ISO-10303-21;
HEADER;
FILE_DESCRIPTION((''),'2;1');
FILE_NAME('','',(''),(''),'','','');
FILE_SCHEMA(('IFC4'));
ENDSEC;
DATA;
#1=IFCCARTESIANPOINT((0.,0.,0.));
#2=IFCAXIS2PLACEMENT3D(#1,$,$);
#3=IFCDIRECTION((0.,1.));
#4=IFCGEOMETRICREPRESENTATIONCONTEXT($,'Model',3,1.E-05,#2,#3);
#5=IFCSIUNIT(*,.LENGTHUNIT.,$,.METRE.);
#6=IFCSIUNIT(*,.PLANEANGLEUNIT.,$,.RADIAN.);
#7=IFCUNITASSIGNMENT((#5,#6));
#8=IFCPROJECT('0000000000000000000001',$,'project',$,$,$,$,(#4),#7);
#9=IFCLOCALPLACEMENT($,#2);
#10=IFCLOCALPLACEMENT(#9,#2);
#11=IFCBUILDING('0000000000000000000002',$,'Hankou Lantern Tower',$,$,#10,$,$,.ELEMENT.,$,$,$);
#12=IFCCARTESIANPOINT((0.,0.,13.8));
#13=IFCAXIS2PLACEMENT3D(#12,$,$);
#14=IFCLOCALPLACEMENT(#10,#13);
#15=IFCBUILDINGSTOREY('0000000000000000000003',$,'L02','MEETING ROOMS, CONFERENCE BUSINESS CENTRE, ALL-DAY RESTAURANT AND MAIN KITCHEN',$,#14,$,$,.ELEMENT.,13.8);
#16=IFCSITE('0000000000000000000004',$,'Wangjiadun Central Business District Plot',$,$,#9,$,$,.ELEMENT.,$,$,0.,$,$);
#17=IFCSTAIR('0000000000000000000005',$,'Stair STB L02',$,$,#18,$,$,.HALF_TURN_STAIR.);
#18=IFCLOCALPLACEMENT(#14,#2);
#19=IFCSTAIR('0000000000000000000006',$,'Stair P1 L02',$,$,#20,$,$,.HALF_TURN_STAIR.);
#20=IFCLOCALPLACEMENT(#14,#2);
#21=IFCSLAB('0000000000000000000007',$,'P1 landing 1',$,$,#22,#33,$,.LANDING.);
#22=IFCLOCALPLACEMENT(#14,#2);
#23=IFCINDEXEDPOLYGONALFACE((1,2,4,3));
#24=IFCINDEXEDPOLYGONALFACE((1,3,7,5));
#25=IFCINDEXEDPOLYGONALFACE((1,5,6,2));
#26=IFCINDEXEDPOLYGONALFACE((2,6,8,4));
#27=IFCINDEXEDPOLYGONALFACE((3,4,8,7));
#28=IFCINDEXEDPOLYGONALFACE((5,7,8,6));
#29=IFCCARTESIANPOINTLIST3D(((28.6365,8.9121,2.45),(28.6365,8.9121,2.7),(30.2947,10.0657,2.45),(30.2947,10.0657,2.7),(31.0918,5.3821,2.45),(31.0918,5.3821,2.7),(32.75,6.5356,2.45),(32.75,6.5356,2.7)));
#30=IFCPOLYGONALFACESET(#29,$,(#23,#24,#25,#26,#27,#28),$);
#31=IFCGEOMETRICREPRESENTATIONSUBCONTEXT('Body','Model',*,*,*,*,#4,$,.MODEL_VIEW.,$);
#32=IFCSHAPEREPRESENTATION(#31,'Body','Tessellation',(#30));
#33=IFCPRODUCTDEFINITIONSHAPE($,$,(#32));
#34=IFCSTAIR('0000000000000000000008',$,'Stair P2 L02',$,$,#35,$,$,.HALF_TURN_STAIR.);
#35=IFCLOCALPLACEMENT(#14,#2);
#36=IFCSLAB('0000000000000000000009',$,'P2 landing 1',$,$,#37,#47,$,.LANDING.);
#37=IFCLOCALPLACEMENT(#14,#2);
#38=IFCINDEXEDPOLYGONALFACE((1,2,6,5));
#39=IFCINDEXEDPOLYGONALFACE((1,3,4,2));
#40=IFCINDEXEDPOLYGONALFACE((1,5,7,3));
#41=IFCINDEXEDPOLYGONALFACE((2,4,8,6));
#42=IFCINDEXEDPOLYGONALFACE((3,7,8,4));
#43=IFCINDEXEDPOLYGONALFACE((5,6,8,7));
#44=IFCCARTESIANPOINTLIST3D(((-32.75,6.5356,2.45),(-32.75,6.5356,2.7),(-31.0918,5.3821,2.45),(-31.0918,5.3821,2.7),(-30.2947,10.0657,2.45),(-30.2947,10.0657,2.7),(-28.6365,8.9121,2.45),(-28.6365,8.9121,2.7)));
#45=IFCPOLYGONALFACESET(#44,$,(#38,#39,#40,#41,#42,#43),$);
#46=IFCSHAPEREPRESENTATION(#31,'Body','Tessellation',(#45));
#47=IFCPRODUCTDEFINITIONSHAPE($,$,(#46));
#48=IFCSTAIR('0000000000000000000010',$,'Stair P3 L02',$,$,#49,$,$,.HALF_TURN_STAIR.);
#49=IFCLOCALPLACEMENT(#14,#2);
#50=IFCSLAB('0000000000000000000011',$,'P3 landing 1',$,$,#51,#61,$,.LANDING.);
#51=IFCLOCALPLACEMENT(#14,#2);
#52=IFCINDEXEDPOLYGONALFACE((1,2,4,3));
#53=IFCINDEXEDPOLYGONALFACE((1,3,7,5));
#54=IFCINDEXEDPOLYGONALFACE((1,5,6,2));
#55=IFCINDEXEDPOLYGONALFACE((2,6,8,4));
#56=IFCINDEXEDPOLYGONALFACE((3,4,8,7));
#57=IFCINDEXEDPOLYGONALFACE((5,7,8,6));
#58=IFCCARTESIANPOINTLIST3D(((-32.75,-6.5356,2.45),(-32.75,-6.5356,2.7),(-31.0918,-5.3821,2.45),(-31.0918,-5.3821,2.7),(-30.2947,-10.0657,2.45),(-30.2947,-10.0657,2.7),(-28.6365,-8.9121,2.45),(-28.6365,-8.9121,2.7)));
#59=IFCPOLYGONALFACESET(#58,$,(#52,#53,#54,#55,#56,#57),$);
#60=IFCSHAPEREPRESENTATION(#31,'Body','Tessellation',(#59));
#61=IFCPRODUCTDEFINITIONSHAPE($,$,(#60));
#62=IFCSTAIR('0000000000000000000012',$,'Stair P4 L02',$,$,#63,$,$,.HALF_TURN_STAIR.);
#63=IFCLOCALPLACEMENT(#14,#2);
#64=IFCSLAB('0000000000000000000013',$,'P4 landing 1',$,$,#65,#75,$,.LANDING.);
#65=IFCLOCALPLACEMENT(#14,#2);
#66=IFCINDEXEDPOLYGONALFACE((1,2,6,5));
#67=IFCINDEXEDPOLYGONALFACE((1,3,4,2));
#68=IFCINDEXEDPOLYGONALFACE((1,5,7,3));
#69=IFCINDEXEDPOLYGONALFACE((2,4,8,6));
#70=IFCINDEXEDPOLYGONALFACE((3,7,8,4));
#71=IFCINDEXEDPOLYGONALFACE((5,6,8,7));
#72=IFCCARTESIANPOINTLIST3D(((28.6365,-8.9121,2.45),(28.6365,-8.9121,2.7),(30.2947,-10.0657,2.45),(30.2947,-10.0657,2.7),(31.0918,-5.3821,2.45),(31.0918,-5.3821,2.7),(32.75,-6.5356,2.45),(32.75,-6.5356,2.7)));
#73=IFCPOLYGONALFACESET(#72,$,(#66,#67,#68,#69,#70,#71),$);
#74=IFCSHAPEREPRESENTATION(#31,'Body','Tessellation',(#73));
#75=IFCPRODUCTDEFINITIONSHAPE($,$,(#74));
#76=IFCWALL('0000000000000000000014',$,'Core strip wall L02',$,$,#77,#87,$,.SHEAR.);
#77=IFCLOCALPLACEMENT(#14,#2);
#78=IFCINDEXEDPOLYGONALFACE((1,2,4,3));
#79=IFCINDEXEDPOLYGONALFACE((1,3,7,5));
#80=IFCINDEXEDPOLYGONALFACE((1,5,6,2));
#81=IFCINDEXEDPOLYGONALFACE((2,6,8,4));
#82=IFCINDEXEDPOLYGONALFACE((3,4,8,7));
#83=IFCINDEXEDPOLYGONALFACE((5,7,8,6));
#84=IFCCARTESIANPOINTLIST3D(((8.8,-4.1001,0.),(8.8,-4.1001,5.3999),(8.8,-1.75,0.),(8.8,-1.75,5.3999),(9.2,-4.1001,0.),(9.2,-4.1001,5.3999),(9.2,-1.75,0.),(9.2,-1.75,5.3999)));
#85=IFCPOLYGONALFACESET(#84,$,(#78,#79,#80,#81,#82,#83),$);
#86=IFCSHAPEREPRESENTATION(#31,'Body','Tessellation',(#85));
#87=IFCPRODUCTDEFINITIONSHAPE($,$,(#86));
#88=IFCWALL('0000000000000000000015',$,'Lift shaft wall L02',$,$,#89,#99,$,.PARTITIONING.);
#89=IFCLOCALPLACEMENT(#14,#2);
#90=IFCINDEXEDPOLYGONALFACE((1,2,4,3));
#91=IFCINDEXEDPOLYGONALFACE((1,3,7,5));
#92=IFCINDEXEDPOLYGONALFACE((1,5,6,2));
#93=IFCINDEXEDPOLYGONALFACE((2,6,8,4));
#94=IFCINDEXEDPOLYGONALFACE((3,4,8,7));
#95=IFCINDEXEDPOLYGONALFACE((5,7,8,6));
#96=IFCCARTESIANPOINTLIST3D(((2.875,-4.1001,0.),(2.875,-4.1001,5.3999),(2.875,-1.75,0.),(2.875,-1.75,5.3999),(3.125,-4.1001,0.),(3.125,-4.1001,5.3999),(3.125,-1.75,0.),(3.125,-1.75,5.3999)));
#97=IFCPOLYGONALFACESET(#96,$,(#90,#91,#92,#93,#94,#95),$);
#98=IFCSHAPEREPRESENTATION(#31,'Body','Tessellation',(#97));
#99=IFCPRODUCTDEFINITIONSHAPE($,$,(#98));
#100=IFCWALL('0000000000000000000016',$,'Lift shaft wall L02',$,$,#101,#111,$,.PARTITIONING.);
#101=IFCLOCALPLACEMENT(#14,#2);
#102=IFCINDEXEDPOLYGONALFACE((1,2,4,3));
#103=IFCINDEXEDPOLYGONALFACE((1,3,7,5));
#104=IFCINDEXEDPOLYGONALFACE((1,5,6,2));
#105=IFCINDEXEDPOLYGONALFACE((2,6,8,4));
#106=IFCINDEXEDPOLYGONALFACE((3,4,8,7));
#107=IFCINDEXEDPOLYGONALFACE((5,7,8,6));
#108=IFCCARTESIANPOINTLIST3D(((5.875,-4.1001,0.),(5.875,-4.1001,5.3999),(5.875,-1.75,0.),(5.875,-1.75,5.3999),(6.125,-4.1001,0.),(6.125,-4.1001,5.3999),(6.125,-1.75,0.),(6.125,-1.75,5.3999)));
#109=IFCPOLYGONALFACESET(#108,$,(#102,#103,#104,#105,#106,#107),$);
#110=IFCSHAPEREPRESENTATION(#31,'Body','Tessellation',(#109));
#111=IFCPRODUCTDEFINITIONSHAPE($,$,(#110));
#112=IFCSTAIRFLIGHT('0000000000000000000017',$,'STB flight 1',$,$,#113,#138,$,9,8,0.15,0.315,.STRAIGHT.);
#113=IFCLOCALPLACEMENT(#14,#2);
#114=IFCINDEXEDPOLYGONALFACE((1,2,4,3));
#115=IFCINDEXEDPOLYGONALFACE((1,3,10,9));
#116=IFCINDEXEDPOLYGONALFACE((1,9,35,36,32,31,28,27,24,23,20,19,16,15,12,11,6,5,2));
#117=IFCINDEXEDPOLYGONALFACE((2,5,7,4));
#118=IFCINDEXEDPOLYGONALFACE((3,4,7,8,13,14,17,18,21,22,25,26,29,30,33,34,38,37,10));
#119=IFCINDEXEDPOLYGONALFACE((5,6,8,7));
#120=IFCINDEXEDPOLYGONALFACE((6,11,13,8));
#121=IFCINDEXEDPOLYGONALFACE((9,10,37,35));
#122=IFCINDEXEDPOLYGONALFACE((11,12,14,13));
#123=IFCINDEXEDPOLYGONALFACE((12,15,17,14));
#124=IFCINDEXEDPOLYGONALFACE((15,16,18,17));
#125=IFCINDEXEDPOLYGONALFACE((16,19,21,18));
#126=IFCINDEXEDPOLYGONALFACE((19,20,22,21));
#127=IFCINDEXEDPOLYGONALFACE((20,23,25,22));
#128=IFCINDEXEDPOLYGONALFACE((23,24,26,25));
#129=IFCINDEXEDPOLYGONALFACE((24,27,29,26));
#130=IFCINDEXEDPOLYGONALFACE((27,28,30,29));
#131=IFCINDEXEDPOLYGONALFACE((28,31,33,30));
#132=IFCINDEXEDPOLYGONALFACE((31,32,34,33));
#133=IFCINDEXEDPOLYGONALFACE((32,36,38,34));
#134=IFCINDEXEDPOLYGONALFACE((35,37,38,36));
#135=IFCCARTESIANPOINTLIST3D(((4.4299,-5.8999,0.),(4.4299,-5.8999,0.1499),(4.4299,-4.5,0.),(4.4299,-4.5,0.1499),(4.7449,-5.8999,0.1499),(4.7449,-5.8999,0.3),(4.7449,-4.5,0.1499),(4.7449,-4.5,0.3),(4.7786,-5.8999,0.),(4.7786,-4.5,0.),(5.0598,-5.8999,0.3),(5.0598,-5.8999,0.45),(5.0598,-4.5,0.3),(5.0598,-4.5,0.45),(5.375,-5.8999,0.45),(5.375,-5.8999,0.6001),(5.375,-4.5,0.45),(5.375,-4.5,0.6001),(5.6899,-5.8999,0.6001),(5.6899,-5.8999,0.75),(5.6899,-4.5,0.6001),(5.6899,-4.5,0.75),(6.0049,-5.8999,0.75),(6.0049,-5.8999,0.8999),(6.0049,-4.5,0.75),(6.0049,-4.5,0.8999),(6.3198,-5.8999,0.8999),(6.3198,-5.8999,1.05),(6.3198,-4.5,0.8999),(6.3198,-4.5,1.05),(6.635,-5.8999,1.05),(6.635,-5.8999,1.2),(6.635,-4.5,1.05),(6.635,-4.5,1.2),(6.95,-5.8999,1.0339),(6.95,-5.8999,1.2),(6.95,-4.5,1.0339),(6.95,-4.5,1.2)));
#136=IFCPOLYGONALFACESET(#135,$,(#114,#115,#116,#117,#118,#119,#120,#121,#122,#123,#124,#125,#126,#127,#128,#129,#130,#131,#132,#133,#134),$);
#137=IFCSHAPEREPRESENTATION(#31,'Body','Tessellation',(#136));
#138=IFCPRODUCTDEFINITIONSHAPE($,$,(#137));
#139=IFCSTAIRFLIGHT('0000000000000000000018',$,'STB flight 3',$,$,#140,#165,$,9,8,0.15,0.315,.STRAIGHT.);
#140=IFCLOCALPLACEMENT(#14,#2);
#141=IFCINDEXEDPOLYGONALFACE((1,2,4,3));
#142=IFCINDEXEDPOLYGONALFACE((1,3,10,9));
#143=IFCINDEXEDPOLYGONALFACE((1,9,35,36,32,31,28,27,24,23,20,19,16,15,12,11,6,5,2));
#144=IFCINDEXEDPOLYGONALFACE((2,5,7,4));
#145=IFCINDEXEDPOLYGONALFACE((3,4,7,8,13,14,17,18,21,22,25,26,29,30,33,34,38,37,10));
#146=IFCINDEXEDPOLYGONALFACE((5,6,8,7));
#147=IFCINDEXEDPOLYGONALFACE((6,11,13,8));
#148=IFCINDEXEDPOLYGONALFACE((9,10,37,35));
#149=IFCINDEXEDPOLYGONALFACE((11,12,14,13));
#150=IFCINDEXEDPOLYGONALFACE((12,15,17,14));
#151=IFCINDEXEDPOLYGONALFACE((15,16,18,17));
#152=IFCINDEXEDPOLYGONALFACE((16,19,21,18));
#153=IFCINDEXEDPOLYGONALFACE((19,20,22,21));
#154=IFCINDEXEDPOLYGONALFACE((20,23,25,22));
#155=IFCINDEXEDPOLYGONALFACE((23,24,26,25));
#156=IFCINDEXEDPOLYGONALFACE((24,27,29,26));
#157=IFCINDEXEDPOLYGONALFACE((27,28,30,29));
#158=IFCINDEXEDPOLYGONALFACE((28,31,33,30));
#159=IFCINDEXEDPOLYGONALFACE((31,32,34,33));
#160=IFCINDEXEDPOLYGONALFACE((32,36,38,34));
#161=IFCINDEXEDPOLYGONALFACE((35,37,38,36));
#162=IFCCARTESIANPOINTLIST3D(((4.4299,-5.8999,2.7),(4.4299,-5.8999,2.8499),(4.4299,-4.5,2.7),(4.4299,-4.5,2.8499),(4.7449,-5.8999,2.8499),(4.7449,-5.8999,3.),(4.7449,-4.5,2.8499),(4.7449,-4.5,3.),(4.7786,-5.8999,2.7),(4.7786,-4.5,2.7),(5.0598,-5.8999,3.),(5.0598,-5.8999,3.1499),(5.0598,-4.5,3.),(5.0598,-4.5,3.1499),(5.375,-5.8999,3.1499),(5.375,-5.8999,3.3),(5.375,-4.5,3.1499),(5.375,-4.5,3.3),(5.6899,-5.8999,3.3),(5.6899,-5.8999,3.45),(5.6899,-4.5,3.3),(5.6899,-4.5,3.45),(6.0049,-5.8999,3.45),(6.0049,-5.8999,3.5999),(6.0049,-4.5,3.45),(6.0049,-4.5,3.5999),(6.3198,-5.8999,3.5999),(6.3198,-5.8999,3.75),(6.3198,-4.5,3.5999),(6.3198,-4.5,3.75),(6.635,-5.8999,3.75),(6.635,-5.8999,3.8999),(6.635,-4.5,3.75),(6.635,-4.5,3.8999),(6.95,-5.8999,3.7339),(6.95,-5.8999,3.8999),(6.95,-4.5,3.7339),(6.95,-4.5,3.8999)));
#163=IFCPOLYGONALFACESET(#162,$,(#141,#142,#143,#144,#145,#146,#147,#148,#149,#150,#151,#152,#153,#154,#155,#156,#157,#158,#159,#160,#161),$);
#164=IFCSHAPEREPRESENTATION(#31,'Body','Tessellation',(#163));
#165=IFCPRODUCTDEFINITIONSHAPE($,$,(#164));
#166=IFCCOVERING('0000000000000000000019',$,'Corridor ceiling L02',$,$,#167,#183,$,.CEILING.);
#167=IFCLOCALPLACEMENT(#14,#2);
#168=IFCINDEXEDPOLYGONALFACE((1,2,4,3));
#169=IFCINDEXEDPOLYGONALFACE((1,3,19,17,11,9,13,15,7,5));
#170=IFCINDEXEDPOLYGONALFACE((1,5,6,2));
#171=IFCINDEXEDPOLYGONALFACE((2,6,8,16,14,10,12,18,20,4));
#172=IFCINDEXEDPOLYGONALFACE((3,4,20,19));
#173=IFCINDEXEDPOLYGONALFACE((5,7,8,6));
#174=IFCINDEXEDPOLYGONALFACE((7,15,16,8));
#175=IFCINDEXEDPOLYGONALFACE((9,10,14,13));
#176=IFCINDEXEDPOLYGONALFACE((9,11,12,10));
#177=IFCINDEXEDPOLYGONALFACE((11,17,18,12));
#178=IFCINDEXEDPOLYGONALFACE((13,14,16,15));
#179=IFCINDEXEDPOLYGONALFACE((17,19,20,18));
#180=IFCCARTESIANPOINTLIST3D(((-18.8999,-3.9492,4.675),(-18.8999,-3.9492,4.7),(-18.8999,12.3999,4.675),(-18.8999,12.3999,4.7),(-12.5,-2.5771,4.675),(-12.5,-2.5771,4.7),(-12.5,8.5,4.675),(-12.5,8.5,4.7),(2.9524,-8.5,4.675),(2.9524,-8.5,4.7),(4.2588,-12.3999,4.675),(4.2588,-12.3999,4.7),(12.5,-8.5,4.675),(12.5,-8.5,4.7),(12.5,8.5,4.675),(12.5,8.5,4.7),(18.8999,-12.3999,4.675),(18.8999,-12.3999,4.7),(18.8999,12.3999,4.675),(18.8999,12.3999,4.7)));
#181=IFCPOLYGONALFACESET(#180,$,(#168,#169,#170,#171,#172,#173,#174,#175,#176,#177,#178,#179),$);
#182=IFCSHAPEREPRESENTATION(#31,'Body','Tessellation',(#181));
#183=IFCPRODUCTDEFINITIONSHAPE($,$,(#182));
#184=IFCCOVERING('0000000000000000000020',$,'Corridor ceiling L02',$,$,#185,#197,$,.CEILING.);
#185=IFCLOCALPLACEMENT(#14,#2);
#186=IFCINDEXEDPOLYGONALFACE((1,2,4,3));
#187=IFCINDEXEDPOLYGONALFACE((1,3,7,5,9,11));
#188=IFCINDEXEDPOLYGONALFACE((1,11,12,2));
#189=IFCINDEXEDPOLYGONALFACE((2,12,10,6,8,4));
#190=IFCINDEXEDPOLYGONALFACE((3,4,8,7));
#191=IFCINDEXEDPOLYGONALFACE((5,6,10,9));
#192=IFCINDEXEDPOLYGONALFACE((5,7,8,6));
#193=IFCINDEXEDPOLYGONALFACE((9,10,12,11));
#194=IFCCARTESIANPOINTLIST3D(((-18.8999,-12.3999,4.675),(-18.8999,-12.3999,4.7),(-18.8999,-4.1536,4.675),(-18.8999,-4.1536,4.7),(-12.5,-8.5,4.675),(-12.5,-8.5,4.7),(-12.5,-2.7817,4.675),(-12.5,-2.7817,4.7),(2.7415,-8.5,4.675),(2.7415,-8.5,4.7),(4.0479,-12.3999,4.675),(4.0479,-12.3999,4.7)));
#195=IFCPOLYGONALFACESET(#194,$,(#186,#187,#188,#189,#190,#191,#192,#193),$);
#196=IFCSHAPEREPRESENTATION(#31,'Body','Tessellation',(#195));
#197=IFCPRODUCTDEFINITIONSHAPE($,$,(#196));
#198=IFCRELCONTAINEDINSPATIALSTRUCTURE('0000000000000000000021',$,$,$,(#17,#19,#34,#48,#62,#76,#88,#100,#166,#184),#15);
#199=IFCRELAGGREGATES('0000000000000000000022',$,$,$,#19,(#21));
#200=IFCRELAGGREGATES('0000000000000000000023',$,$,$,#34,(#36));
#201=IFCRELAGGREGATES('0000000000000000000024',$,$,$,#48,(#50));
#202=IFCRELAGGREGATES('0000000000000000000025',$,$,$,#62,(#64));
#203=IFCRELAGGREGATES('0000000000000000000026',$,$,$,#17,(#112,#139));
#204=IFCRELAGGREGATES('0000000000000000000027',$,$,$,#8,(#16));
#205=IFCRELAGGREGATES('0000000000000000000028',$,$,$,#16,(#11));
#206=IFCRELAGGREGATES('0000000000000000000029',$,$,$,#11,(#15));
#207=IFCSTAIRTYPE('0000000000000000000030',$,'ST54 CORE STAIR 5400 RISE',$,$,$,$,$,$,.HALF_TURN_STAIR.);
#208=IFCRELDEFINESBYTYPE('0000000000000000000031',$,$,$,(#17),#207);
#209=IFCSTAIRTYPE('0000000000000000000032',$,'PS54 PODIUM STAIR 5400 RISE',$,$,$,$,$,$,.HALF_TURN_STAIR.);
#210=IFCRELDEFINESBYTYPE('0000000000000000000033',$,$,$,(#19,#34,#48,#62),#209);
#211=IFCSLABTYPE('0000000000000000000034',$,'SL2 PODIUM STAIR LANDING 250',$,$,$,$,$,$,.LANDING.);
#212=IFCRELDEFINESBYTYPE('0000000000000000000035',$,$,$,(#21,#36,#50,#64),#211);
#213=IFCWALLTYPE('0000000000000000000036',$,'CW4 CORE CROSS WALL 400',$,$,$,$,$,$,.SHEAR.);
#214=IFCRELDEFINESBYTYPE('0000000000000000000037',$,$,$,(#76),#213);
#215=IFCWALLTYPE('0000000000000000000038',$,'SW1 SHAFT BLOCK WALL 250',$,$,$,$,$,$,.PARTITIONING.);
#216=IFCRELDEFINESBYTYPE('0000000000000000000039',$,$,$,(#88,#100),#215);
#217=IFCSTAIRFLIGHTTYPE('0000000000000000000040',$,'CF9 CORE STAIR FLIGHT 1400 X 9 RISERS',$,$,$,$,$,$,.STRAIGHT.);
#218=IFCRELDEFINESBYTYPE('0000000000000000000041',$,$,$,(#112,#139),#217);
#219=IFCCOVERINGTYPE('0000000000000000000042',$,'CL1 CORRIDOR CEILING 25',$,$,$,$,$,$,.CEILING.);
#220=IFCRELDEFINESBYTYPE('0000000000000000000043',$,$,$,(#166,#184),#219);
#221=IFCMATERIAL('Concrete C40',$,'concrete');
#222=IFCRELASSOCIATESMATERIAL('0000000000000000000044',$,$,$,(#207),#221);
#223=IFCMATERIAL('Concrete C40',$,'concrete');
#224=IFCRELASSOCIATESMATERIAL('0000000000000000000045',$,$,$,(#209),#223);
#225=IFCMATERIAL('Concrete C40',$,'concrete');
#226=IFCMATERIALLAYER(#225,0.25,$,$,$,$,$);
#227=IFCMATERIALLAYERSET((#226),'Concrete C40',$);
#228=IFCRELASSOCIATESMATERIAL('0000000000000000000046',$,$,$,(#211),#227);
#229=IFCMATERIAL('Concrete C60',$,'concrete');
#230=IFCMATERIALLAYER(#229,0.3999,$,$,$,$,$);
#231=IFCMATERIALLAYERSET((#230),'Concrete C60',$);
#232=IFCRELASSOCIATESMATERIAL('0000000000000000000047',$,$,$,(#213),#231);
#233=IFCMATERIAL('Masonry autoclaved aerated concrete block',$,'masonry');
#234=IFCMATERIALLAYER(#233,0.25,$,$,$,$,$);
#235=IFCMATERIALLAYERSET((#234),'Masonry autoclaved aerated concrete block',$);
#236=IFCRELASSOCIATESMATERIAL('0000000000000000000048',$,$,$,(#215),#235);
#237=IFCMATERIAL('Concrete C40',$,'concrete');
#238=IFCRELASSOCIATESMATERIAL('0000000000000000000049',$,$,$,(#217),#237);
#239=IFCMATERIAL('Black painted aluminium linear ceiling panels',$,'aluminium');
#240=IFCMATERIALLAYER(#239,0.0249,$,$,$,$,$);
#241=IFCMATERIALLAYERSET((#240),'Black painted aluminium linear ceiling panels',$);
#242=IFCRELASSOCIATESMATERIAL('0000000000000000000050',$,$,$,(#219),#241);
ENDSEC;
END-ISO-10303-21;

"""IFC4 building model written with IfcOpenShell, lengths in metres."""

from ifc_helpers import new_model, si_unit, direction, frame, frame_2d, origin, place, context, subcontext, project, spatial, polyline, rectangle, outline, extrude, material, layer, layer_set, type_object, element, aggregate, save


model = new_model("IFC4")

# Units and contexts
model_context = context("Model", 3, precision=1e-05, world=origin(), true_north=direction((0.0, 1.0)))
body_context = subcontext(model_context, "Body", "Model", "MODEL_VIEW")
ifc_project = project(units=[si_unit("LENGTHUNIT", "METRE"), si_unit("PLANEANGLEUNIT", "RADIAN")], contexts=[model_context])

# Site, building, storey
site_placement = place(None, origin())
site = spatial("IfcSite", under=ifc_project, at=site_placement, Name="Wangjiadun Central Business District Plot", CompositionType="ELEMENT", RefElevation=0.0)
building_placement = place(site_placement, origin())
building = spatial("IfcBuilding", under=site, at=building_placement, Name="Hankou Lantern Tower", CompositionType="ELEMENT")
storey_placement = place(building_placement, frame((0.0, 0.0, 13.8)))
storey = spatial("IfcBuildingStorey", under=building, at=storey_placement, Name="L02", Description="MEETING ROOMS, CONFERENCE BUSINESS CENTRE, ALL-DAY RESTAURANT AND MAIN KITCHEN", CompositionType="ELEMENT", Elevation=13.8)

# Stair
ifc_material_1 = material(Name="Concrete C40", Category="concrete")
stair_type_1 = type_object("IfcStairType", Name="ST54 CORE STAIR 5400 RISE", PredefinedType="HALF_TURN_STAIR", material=ifc_material_1)
stair_1_placement = place(storey_placement, origin())
stair_1 = element("IfcStair", 1, at=stair_1_placement, inside=storey, type_object=stair_type_1, Name="Stair STB L02", PredefinedType="HALF_TURN_STAIR")

# Stairs, slabs
ifc_material_2 = material(Name="Concrete C40", Category="concrete")
stair_type_2 = type_object("IfcStairType", Name="PS54 PODIUM STAIR 5400 RISE", PredefinedType="HALF_TURN_STAIR", material=ifc_material_2)
stair_2_placement = place(storey_placement, origin())
stair_2 = element("IfcStair", 2, at=stair_2_placement, inside=storey, type_object=stair_type_2, Name="Stair P1 L02", PredefinedType="HALF_TURN_STAIR")
ifc_material_3 = material(Name="Concrete C40", Category="concrete")
ifc_layer_1 = layer(ifc_material_3, 0.25)
ifc_layer_set_1 = layer_set([ifc_layer_1], Name="Concrete C40")
slab_type_1 = type_object("IfcSlabType", Name="SL2 PODIUM STAIR LANDING 250", PredefinedType="LANDING", material=ifc_layer_set_1)
slab_1_placement = place(storey_placement, frame((0.0, 0.0, 2.45)))
slab_1 = element("IfcSlab", 3, at=slab_1_placement, type_object=slab_type_1, Name="P1 landing 1", PredefinedType="LANDING", context=body_context, shape_type="SweptSolid", body=[
    extrude(outline(polyline([(32.75, 6.5356), (30.2947, 10.0657), (28.6365, 8.9121), (31.0918, 5.3821), (32.75, 6.5356)])), origin(), (0.0, 0.0, 1.0), 0.25),
])
aggregate(stair_2, [slab_1])
stair_3_placement = place(storey_placement, origin())
stair_3 = element("IfcStair", 4, at=stair_3_placement, inside=storey, type_object=stair_type_2, Name="Stair P2 L02", PredefinedType="HALF_TURN_STAIR")
slab_2_placement = place(storey_placement, frame((0.0, 0.0, 2.45)))
slab_2 = element("IfcSlab", 5, at=slab_2_placement, type_object=slab_type_1, Name="P2 landing 1", PredefinedType="LANDING", context=body_context, shape_type="SweptSolid", body=[
    extrude(outline(polyline([(-30.2947, 10.0657), (-32.75, 6.5356), (-31.0918, 5.3821), (-28.6365, 8.9121), (-30.2947, 10.0657)])), origin(), (0.0, 0.0, 1.0), 0.25),
])
aggregate(stair_3, [slab_2])
stair_4_placement = place(storey_placement, origin())
stair_4 = element("IfcStair", 6, at=stair_4_placement, inside=storey, type_object=stair_type_2, Name="Stair P3 L02", PredefinedType="HALF_TURN_STAIR")
slab_3_placement = place(storey_placement, frame((0.0, 0.0, 2.45)))
slab_3 = element("IfcSlab", 7, at=slab_3_placement, type_object=slab_type_1, Name="P3 landing 1", PredefinedType="LANDING", context=body_context, shape_type="SweptSolid", body=[
    extrude(outline(polyline([(-32.75, -6.5356), (-30.2947, -10.0657), (-28.6365, -8.9121), (-31.0918, -5.3821), (-32.75, -6.5356)])), origin(), (0.0, 0.0, 1.0), 0.25),
])
aggregate(stair_4, [slab_3])
stair_5_placement = place(storey_placement, origin())
stair_5 = element("IfcStair", 8, at=stair_5_placement, inside=storey, type_object=stair_type_2, Name="Stair P4 L02", PredefinedType="HALF_TURN_STAIR")
slab_4_placement = place(storey_placement, frame((0.0, 0.0, 2.45)))
slab_4 = element("IfcSlab", 9, at=slab_4_placement, type_object=slab_type_1, Name="P4 landing 1", PredefinedType="LANDING", context=body_context, shape_type="SweptSolid", body=[
    extrude(outline(polyline([(30.2947, -10.0657), (32.75, -6.5356), (31.0918, -5.3821), (28.6365, -8.9121), (30.2947, -10.0657)])), origin(), (0.0, 0.0, 1.0), 0.25),
])
aggregate(stair_5, [slab_4])

# Walls
ifc_material_4 = material(Name="Concrete C60", Category="concrete")
ifc_layer_2 = layer(ifc_material_4, 0.3999)
ifc_layer_set_2 = layer_set([ifc_layer_2], Name="Concrete C60")
wall_type_1 = type_object("IfcWallType", Name="CW4 CORE CROSS WALL 400", PredefinedType="SHEAR", material=ifc_layer_set_2)
wall_placement = place(storey_placement, frame((9.0, -4.1001, 0.0), z_axis=(0.0, 0.0, 1.0), x_axis=(0.0, 1.0, 0.0)))
element("IfcWall", 10, at=wall_placement, inside=storey, type_object=wall_type_1, Name="Core strip wall L02", PredefinedType="SHEAR", context=body_context, shape_type="SweptSolid", body=[
    extrude(rectangle(XDim=2.3501, YDim=0.3999, at=frame_2d((1.175, 0.0))), origin(), (0.0, 0.0, 1.0), 5.3999),
])
ifc_material_5 = material(Name="Masonry autoclaved aerated concrete block", Category="masonry")
ifc_layer_3 = layer(ifc_material_5, 0.25)
ifc_layer_set_3 = layer_set([ifc_layer_3], Name="Masonry autoclaved aerated concrete block")
wall_type_2 = type_object("IfcWallType", Name="SW1 SHAFT BLOCK WALL 250", PredefinedType="PARTITIONING", material=ifc_layer_set_3)
for number, where, z_axis, x_axis, name in (
    (11, (3.0, -4.1001, 0.0), (0.0, 0.0, 1.0), (0.0, 1.0, 0.0), "Lift shaft wall L02"),
    (12, (6.0, -4.1001, 0.0), (0.0, 0.0, 1.0), (0.0, 1.0, 0.0), "Lift shaft wall L02"),
):
    element("IfcWall", number, at=place(storey_placement, frame(where, z_axis=z_axis, x_axis=x_axis)), inside=storey, type_object=wall_type_2, Name=name, PredefinedType="PARTITIONING", context=body_context, shape_type="SweptSolid", body=[
        extrude(rectangle(XDim=2.3501, YDim=0.25, at=frame_2d((1.175, 0.0))), origin(), (0.0, 0.0, 1.0), 5.3999),
    ])

# Stair flights
ifc_material_6 = material(Name="Concrete C40", Category="concrete")
stair_flight_type = type_object("IfcStairFlightType", Name="CF9 CORE STAIR FLIGHT 1400 X 9 RISERS", PredefinedType="STRAIGHT", material=ifc_material_6)
stair_flight_1_placement = place(storey_placement, frame((4.4299, -5.2, 0.0), z_axis=(0.0, 0.0, 1.0), x_axis=(1.0, 0.0, 0.0)))
stair_flight_1 = element("IfcStairFlight", 13, at=stair_flight_1_placement, type_object=stair_flight_type, Name="STB flight 1", NumberOfRisers=9, NumberOfTreads=8, PredefinedType="STRAIGHT", RiserHeight=0.15, TreadLength=0.315, context=body_context, shape_type="SweptSolid", body=[
    extrude(outline(polyline([(0.0, 0.0), (0.0, 0.1499), (0.3149, 0.1499), (0.3149, 0.3), (0.6299, 0.3), (0.6299, 0.45), (0.9451, 0.45), (0.9451, 0.6001), (1.26, 0.6001), (1.26, 0.75), (1.575, 0.75), (1.575, 0.8999), (1.8899, 0.8999), (1.8899, 1.05), (2.2051, 1.05), (2.2051, 1.2), (2.52, 1.2), (2.52, 1.3501), (2.52, 1.0339), (0.3486, 0.0), (0.0, 0.0)])), frame((0.0, 0.7, 0.0), z_axis=(0.0, -1.0, 0.0), x_axis=(1.0, 0.0, 0.0)), (0.0, 0.0, 1.0), 1.3999),
])
stair_flight_2_placement = place(storey_placement, frame((4.4299, -5.2, 2.7), z_axis=(0.0, 0.0, 1.0), x_axis=(1.0, 0.0, 0.0)))
stair_flight_2 = element("IfcStairFlight", 14, at=stair_flight_2_placement, type_object=stair_flight_type, Name="STB flight 3", NumberOfRisers=9, NumberOfTreads=8, PredefinedType="STRAIGHT", RiserHeight=0.15, TreadLength=0.315, context=body_context, shape_type="SweptSolid", body=[
    extrude(outline(polyline([(0.0, 0.0), (0.0, 0.1499), (0.3149, 0.1499), (0.3149, 0.3), (0.6299, 0.3), (0.6299, 0.45), (0.9451, 0.45), (0.9451, 0.6001), (1.26, 0.6001), (1.26, 0.75), (1.575, 0.75), (1.575, 0.8999), (1.8899, 0.8999), (1.8899, 1.05), (2.2051, 1.05), (2.2051, 1.2), (2.52, 1.2), (2.52, 1.3501), (2.52, 1.0339), (0.3486, 0.0), (0.0, 0.0)])), frame((0.0, 0.7, 0.0), z_axis=(0.0, -1.0, 0.0), x_axis=(1.0, 0.0, 0.0)), (0.0, 0.0, 1.0), 1.3999),
])
aggregate(stair_1, [stair_flight_1, stair_flight_2])

# Coverings
ifc_material_7 = material(Name="Black painted aluminium linear ceiling panels", Category="aluminium")
ifc_layer_4 = layer(ifc_material_7, 0.0249)
ifc_layer_set_4 = layer_set([ifc_layer_4], Name="Black painted aluminium linear ceiling panels")
covering_type_1 = type_object("IfcCoveringType", Name="CL1 CORRIDOR CEILING 25", PredefinedType="CEILING", material=ifc_layer_set_4)
covering_1_placement = place(storey_placement, frame((0.0, 0.0, 4.675)))
element("IfcCovering", 15, at=covering_1_placement, inside=storey, type_object=covering_type_1, Name="Corridor ceiling L02", PredefinedType="CEILING", context=body_context, shape_type="SweptSolid", body=[
    extrude(outline(polyline([(-18.8999, 12.3999), (-18.8999, -3.9492), (-12.5, -2.5771), (-12.5, 8.5), (12.5, 8.5), (12.5, -8.5), (2.9524, -8.5), (4.2588, -12.3999), (18.8999, -12.3999), (18.8999, 12.3999), (-18.8999, 12.3999)])), origin(), (0.0, 0.0, 1.0), 0.0249),
])
covering_2_placement = place(storey_placement, frame((0.0, 0.0, 4.675)))
element("IfcCovering", 16, at=covering_2_placement, inside=storey, type_object=covering_type_1, Name="Corridor ceiling L02", PredefinedType="CEILING", context=body_context, shape_type="SweptSolid", body=[
    extrude(outline(polyline([(4.0479, -12.3999), (2.7415, -8.5), (-12.5, -8.5), (-12.5, -2.7817), (-18.8999, -4.1536), (-18.8999, -12.3999), (4.0479, -12.3999)])), origin(), (0.0, 0.0, 1.0), 0.0249),
])

save(model, "model.ifc")
